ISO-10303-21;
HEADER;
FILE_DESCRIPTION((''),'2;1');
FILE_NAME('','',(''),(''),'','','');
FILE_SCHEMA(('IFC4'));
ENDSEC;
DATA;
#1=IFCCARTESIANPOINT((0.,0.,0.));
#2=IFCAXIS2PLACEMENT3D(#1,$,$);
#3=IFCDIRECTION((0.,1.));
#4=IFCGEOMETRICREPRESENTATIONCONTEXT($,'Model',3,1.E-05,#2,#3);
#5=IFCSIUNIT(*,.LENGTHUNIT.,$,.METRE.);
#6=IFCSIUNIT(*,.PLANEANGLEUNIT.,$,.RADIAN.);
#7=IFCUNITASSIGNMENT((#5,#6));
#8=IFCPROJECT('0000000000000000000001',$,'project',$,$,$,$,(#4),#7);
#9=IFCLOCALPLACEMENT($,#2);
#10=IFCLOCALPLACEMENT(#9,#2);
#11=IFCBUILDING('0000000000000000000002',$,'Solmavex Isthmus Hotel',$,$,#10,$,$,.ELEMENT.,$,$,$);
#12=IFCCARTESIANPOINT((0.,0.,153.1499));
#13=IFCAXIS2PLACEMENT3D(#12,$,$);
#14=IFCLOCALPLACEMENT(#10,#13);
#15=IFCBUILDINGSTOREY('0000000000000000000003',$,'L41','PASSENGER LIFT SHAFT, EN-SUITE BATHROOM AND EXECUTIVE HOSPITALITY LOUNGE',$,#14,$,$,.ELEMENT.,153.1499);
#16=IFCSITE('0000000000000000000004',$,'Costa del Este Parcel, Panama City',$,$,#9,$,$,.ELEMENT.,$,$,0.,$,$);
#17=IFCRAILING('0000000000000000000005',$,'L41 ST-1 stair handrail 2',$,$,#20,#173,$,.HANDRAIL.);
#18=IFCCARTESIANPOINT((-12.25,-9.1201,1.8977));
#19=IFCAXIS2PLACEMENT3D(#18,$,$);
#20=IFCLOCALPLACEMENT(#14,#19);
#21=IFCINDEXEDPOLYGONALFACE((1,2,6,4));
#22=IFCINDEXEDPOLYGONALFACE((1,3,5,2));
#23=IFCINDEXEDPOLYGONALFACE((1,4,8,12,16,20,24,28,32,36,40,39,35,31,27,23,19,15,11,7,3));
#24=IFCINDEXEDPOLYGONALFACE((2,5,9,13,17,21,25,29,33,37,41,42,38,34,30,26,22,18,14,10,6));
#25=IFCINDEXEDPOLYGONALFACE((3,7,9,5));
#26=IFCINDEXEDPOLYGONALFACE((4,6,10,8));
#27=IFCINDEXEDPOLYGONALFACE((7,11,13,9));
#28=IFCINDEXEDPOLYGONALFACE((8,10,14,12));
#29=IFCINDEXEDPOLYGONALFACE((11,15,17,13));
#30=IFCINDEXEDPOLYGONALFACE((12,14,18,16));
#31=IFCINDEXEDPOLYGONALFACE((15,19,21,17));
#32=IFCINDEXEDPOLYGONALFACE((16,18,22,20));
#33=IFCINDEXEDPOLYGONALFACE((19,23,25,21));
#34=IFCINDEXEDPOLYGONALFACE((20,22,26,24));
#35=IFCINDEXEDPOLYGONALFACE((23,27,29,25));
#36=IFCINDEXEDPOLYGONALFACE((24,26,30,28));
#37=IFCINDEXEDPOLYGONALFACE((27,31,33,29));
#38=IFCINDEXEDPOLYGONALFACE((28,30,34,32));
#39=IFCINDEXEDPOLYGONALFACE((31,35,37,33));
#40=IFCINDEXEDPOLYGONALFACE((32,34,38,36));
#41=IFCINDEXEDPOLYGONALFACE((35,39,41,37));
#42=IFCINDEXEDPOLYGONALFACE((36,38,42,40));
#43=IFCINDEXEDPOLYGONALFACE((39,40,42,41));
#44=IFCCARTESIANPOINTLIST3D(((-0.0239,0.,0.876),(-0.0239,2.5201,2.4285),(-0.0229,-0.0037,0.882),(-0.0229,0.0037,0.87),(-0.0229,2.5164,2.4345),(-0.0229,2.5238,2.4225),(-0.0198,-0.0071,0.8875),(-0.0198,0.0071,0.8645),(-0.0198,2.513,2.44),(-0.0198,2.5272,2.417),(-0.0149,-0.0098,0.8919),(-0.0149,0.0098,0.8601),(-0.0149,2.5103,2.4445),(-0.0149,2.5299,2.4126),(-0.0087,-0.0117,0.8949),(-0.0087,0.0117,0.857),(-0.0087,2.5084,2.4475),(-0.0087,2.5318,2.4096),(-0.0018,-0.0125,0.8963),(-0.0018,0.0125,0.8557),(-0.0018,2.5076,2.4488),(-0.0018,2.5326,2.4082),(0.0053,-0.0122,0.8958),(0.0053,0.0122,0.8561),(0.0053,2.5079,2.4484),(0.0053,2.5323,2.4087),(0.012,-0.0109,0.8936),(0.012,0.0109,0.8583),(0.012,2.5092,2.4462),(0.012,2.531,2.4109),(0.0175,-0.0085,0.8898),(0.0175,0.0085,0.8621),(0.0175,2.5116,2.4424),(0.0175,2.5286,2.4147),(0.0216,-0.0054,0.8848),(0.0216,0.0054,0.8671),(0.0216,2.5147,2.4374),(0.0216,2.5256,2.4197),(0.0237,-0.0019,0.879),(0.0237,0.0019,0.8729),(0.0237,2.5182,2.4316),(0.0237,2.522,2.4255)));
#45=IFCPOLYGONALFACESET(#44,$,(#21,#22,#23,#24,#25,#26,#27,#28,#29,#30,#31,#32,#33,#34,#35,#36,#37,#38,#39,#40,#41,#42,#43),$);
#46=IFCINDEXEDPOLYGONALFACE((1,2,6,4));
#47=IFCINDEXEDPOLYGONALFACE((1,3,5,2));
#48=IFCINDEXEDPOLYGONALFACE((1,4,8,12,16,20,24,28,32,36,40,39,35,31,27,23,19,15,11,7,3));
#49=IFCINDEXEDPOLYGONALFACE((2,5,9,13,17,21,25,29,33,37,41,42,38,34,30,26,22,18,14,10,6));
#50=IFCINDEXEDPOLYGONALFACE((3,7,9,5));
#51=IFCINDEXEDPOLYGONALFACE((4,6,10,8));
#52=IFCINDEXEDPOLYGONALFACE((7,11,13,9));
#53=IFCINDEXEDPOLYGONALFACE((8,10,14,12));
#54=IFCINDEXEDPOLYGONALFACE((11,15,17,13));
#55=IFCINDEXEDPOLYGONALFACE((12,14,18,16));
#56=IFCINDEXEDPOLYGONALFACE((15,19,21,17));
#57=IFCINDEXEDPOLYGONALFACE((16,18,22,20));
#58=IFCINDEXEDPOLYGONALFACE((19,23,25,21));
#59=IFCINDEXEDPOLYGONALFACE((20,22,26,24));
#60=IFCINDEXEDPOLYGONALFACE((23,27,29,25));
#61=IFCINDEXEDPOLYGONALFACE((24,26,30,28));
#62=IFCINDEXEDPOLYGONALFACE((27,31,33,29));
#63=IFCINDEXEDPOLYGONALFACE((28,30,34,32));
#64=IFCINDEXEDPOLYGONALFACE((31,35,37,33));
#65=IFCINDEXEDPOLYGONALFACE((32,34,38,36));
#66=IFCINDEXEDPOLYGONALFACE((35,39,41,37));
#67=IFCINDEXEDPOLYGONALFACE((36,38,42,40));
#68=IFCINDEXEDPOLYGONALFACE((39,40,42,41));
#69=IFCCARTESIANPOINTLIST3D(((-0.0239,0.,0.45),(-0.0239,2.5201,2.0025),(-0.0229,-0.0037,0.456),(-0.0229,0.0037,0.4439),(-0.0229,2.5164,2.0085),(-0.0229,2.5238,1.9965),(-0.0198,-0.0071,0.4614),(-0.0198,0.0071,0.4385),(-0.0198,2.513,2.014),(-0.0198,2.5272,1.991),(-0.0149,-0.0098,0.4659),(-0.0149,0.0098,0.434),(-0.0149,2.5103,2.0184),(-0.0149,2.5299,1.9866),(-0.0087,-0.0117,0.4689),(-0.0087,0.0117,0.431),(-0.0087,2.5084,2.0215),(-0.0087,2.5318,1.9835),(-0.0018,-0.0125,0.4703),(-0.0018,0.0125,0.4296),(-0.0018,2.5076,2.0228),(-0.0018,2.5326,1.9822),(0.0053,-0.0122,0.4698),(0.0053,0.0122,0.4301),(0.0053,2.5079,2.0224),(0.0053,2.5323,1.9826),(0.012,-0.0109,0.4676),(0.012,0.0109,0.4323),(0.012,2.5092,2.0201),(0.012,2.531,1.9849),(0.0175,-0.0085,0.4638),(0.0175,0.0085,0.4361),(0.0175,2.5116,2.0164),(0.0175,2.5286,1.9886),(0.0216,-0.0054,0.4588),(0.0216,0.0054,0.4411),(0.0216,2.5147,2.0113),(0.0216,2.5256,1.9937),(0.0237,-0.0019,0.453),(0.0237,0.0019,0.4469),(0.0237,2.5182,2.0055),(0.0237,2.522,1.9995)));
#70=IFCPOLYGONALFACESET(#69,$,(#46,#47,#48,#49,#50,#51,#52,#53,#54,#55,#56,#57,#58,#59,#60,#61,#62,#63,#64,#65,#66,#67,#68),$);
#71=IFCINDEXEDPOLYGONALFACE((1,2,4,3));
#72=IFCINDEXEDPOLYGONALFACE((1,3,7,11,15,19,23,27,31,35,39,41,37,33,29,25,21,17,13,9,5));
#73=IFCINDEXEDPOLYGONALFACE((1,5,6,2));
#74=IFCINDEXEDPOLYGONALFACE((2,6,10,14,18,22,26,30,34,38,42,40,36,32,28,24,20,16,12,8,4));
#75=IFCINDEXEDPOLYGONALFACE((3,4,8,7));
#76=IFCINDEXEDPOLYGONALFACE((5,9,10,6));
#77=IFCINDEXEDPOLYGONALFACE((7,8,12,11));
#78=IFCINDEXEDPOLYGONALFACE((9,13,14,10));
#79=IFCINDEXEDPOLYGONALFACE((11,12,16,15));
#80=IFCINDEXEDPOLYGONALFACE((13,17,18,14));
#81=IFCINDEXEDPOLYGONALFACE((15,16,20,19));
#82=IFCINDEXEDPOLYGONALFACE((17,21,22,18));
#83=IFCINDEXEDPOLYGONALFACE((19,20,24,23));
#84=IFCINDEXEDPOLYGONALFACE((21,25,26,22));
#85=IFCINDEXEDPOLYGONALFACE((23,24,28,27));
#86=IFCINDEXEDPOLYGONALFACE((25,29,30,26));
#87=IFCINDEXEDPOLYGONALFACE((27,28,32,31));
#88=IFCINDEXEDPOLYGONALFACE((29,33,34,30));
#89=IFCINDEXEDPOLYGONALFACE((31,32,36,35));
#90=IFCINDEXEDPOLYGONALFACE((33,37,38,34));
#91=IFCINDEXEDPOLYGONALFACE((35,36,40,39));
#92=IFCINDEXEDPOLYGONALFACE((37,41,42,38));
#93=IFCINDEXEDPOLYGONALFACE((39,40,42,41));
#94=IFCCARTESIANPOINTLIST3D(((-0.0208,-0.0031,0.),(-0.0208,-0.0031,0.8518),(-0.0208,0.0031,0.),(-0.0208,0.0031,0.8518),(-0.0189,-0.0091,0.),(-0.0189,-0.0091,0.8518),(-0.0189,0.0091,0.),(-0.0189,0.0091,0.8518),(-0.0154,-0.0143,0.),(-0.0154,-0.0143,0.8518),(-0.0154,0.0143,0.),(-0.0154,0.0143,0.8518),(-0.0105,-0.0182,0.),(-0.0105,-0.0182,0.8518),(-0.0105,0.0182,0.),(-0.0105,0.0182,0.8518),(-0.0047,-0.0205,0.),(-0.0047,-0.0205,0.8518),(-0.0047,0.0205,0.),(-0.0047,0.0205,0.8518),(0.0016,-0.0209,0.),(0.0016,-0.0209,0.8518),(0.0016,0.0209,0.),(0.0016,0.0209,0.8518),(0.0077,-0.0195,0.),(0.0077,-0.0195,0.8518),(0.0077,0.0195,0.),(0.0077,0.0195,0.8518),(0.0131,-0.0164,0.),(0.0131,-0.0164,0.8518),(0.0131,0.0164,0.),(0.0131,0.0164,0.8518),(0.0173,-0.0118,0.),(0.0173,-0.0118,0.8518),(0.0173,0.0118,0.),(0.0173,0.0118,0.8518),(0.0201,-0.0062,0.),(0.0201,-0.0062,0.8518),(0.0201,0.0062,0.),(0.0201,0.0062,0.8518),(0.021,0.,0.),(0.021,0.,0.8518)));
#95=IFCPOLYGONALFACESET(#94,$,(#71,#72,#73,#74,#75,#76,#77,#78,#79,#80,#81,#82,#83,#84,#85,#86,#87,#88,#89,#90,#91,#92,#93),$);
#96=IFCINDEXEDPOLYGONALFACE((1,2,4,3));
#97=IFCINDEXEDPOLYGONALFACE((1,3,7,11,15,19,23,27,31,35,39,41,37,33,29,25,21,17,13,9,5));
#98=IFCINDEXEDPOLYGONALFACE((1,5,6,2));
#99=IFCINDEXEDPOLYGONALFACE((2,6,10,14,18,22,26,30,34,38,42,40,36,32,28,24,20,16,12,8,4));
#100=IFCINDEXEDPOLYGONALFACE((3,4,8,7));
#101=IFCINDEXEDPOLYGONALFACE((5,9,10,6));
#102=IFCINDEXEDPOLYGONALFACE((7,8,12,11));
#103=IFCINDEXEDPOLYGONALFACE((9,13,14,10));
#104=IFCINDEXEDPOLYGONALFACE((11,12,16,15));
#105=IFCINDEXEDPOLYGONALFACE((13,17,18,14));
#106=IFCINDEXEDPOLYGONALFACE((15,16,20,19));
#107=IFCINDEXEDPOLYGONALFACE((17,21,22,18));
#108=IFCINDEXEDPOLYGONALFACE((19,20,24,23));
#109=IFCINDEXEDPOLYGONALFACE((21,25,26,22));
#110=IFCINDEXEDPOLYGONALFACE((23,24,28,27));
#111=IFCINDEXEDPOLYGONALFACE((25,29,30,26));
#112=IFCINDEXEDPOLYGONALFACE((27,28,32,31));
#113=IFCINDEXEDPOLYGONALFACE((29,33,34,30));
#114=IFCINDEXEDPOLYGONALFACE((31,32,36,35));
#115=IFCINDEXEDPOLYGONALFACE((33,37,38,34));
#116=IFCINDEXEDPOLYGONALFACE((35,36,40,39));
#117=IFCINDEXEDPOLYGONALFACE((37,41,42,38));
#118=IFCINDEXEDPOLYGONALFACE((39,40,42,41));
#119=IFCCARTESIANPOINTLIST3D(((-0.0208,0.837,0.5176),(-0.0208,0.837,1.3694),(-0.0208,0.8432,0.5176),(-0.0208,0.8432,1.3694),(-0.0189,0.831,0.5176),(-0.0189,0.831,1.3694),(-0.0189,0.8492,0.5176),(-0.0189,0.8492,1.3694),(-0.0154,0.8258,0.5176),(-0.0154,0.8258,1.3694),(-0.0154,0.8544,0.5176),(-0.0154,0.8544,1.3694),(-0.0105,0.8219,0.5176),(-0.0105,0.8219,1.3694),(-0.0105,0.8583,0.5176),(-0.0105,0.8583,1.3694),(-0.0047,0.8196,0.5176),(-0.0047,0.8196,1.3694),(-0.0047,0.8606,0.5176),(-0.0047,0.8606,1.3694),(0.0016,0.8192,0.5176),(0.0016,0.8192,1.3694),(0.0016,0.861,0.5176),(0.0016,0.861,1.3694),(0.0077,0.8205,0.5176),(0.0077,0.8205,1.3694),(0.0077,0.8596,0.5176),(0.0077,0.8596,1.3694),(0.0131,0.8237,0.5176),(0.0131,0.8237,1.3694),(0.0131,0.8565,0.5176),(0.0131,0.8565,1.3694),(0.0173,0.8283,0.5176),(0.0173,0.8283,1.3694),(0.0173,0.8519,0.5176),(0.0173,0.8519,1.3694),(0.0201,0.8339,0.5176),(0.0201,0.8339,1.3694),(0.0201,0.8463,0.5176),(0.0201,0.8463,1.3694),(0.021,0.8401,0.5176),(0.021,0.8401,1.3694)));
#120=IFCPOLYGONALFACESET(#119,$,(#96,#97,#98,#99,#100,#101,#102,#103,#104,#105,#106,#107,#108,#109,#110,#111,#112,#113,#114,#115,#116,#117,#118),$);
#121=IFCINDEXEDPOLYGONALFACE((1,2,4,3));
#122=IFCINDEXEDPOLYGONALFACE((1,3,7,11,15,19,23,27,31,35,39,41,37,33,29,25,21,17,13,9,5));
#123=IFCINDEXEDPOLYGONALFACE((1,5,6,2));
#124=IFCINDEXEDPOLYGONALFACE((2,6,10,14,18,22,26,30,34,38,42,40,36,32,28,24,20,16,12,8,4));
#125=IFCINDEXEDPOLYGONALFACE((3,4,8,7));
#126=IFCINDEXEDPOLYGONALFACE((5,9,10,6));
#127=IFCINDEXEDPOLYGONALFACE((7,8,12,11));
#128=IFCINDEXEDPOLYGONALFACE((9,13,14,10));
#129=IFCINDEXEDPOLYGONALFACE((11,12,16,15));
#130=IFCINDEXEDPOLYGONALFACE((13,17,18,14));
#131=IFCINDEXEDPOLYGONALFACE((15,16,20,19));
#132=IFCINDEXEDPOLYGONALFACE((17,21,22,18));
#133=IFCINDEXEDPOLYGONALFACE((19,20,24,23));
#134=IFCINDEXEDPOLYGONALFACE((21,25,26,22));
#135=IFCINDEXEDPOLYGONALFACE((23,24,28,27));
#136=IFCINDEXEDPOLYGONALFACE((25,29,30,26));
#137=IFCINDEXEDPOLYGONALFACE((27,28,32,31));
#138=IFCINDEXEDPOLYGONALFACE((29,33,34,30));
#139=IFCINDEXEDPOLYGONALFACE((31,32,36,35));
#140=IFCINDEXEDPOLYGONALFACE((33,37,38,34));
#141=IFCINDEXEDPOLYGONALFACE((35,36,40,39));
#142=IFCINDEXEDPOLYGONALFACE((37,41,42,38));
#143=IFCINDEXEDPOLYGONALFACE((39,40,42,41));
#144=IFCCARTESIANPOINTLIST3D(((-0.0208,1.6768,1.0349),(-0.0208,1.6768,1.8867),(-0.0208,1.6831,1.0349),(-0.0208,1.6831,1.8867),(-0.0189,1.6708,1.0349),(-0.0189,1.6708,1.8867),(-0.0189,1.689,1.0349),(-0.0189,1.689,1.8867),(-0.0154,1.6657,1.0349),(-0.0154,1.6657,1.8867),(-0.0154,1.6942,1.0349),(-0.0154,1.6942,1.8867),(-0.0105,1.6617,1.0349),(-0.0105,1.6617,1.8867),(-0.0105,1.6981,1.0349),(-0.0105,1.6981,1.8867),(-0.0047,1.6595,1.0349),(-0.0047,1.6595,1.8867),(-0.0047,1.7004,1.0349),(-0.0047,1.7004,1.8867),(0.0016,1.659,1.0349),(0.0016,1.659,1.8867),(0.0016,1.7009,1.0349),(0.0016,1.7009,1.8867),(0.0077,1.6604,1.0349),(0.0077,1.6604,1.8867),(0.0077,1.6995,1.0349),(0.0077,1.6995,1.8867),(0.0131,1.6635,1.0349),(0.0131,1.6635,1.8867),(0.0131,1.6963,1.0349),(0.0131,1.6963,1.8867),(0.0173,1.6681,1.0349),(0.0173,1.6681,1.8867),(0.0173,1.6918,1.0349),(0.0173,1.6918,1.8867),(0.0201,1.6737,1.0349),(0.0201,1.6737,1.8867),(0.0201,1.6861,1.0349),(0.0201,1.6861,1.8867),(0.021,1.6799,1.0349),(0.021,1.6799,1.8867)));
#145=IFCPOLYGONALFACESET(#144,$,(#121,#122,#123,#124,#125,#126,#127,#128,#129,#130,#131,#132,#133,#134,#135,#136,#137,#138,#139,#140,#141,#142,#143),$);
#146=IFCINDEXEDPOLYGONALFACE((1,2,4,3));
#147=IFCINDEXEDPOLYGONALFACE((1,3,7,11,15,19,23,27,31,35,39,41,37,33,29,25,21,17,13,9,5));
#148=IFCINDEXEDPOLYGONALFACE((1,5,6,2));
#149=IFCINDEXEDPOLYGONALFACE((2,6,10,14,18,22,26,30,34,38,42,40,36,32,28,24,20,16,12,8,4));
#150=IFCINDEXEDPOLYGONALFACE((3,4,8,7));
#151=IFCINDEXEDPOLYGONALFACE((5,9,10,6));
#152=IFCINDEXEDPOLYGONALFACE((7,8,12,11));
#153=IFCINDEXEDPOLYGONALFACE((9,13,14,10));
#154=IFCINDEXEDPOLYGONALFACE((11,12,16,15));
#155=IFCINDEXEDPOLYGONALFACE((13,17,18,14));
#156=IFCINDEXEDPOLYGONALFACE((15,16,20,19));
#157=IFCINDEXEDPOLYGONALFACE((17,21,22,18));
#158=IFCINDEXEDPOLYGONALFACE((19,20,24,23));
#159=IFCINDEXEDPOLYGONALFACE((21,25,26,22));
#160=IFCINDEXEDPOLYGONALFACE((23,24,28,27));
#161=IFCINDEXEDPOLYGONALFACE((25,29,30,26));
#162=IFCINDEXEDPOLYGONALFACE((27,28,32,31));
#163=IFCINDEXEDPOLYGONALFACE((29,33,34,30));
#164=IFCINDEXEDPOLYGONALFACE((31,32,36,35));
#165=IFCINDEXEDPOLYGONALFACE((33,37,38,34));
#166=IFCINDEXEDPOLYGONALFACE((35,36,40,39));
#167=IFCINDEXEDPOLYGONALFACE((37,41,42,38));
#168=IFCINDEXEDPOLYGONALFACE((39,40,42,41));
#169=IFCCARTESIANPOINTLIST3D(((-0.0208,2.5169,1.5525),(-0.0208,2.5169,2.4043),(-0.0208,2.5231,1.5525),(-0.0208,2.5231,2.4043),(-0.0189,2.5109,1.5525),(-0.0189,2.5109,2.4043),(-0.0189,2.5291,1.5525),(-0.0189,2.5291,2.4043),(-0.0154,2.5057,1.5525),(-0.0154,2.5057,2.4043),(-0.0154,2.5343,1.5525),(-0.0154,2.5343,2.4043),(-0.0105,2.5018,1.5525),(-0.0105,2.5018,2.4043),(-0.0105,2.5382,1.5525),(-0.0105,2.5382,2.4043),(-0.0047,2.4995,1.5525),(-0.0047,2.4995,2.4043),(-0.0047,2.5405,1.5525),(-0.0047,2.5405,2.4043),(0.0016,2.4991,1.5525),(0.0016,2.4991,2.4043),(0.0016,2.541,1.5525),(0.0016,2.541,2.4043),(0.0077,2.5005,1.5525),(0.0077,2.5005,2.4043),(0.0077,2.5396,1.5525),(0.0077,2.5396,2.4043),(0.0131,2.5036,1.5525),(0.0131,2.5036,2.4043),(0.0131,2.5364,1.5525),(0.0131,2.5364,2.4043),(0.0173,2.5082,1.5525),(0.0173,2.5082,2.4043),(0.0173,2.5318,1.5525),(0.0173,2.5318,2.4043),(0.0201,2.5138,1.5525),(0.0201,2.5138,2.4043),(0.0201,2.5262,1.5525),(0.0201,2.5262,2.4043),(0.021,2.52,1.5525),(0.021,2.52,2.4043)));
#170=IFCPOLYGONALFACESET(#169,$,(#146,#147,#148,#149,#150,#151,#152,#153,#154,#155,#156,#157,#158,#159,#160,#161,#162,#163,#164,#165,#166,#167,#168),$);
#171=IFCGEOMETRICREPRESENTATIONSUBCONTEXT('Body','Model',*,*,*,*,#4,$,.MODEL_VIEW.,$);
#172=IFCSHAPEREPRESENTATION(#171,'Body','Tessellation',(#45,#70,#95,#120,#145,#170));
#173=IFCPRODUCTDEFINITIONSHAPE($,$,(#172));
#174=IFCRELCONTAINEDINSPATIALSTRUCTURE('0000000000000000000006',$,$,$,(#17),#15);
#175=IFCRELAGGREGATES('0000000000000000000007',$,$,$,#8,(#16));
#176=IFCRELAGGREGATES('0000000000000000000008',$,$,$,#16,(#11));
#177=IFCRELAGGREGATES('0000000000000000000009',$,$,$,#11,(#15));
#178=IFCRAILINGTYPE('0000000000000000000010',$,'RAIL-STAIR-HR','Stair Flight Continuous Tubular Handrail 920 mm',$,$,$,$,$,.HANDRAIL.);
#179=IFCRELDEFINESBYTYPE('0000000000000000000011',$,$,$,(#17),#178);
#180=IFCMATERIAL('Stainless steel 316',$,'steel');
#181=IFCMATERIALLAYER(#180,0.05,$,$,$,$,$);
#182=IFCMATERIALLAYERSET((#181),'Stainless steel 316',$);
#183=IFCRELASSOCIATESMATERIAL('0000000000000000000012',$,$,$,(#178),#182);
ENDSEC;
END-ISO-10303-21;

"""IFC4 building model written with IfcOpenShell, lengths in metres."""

from ifc_helpers import new_model, si_unit, direction, frame, origin, origin_2d, place, context, subcontext, project, spatial, circle, extrude, material, layer, layer_set, type_object, element, save


model = new_model("IFC4")

# Units and contexts
model_context = context("Model", 3, precision=1e-05, world=origin(), true_north=direction((0.0, 1.0)))
body_context = subcontext(model_context, "Body", "Model", "MODEL_VIEW")
ifc_project = project(units=[si_unit("LENGTHUNIT", "METRE"), si_unit("PLANEANGLEUNIT", "RADIAN")], contexts=[model_context])

# Site, building, storey
site_placement = place(None, origin())
site = spatial("IfcSite", under=ifc_project, at=site_placement, Name="Costa del Este Parcel, Panama City", CompositionType="ELEMENT", RefElevation=0.0)
building_placement = place(site_placement, origin())
building = spatial("IfcBuilding", under=site, at=building_placement, Name="Solmavex Isthmus Hotel", CompositionType="ELEMENT")
storey_placement = place(building_placement, frame((0.0, 0.0, 153.1499)))
storey = spatial("IfcBuildingStorey", under=building, at=storey_placement, Name="L41", Description="PASSENGER LIFT SHAFT, EN-SUITE BATHROOM AND EXECUTIVE HOSPITALITY LOUNGE", CompositionType="ELEMENT", Elevation=153.1499)

# Shared definitions
ifc_material_1 = material(Name="Stainless steel 316", Category="steel")

# Railing
ifc_layer_1 = layer(ifc_material_1, 0.05)
ifc_layer_set_1 = layer_set([ifc_layer_1], Name="Stainless steel 316")
railing_type_1 = type_object("IfcRailingType", Name="RAIL-STAIR-HR", Description="Stair Flight Continuous Tubular Handrail 920 mm", PredefinedType="HANDRAIL", material=ifc_layer_set_1)
railing_1_placement = place(storey_placement, frame((-12.25, -9.1201, 1.8977)))
element("IfcRailing", 1, at=railing_1_placement, inside=storey, type_object=railing_type_1, Name="L41 ST-1 stair handrail 2", PredefinedType="HANDRAIL", context=body_context, shape_type="SweptSolid", body=[
    extrude(circle(Radius=0.0239, at=origin_2d()), frame((0.0, 0.0, 0.876), z_axis=(0.0, 0.8514, 0.524516), x_axis=(-1.0, 0.0, 0.0)), (0.0, 0.0, 1.0), 2.96),
    extrude(circle(Radius=0.0239, at=origin_2d()), frame((0.0, 0.0, 0.45), z_axis=(0.0, 0.8514, 0.524516), x_axis=(-1.0, 0.0, 0.0)), (0.0, 0.0, 1.0), 2.96),
    extrude(circle(Radius=0.021, at=origin_2d()), origin(), (0.0, 0.0, 1.0), 0.8518),
    extrude(circle(Radius=0.021, at=origin_2d()), frame((0.0, 0.8401, 0.5176)), (0.0, 0.0, 1.0), 0.8518),
    extrude(circle(Radius=0.021, at=origin_2d()), frame((0.0, 1.6799, 1.0349)), (0.0, 0.0, 1.0), 0.8518),
    extrude(circle(Radius=0.021, at=origin_2d()), frame((0.0, 2.52, 1.5525)), (0.0, 0.0, 1.0), 0.8518),
])

save(model, "model.ifc")
